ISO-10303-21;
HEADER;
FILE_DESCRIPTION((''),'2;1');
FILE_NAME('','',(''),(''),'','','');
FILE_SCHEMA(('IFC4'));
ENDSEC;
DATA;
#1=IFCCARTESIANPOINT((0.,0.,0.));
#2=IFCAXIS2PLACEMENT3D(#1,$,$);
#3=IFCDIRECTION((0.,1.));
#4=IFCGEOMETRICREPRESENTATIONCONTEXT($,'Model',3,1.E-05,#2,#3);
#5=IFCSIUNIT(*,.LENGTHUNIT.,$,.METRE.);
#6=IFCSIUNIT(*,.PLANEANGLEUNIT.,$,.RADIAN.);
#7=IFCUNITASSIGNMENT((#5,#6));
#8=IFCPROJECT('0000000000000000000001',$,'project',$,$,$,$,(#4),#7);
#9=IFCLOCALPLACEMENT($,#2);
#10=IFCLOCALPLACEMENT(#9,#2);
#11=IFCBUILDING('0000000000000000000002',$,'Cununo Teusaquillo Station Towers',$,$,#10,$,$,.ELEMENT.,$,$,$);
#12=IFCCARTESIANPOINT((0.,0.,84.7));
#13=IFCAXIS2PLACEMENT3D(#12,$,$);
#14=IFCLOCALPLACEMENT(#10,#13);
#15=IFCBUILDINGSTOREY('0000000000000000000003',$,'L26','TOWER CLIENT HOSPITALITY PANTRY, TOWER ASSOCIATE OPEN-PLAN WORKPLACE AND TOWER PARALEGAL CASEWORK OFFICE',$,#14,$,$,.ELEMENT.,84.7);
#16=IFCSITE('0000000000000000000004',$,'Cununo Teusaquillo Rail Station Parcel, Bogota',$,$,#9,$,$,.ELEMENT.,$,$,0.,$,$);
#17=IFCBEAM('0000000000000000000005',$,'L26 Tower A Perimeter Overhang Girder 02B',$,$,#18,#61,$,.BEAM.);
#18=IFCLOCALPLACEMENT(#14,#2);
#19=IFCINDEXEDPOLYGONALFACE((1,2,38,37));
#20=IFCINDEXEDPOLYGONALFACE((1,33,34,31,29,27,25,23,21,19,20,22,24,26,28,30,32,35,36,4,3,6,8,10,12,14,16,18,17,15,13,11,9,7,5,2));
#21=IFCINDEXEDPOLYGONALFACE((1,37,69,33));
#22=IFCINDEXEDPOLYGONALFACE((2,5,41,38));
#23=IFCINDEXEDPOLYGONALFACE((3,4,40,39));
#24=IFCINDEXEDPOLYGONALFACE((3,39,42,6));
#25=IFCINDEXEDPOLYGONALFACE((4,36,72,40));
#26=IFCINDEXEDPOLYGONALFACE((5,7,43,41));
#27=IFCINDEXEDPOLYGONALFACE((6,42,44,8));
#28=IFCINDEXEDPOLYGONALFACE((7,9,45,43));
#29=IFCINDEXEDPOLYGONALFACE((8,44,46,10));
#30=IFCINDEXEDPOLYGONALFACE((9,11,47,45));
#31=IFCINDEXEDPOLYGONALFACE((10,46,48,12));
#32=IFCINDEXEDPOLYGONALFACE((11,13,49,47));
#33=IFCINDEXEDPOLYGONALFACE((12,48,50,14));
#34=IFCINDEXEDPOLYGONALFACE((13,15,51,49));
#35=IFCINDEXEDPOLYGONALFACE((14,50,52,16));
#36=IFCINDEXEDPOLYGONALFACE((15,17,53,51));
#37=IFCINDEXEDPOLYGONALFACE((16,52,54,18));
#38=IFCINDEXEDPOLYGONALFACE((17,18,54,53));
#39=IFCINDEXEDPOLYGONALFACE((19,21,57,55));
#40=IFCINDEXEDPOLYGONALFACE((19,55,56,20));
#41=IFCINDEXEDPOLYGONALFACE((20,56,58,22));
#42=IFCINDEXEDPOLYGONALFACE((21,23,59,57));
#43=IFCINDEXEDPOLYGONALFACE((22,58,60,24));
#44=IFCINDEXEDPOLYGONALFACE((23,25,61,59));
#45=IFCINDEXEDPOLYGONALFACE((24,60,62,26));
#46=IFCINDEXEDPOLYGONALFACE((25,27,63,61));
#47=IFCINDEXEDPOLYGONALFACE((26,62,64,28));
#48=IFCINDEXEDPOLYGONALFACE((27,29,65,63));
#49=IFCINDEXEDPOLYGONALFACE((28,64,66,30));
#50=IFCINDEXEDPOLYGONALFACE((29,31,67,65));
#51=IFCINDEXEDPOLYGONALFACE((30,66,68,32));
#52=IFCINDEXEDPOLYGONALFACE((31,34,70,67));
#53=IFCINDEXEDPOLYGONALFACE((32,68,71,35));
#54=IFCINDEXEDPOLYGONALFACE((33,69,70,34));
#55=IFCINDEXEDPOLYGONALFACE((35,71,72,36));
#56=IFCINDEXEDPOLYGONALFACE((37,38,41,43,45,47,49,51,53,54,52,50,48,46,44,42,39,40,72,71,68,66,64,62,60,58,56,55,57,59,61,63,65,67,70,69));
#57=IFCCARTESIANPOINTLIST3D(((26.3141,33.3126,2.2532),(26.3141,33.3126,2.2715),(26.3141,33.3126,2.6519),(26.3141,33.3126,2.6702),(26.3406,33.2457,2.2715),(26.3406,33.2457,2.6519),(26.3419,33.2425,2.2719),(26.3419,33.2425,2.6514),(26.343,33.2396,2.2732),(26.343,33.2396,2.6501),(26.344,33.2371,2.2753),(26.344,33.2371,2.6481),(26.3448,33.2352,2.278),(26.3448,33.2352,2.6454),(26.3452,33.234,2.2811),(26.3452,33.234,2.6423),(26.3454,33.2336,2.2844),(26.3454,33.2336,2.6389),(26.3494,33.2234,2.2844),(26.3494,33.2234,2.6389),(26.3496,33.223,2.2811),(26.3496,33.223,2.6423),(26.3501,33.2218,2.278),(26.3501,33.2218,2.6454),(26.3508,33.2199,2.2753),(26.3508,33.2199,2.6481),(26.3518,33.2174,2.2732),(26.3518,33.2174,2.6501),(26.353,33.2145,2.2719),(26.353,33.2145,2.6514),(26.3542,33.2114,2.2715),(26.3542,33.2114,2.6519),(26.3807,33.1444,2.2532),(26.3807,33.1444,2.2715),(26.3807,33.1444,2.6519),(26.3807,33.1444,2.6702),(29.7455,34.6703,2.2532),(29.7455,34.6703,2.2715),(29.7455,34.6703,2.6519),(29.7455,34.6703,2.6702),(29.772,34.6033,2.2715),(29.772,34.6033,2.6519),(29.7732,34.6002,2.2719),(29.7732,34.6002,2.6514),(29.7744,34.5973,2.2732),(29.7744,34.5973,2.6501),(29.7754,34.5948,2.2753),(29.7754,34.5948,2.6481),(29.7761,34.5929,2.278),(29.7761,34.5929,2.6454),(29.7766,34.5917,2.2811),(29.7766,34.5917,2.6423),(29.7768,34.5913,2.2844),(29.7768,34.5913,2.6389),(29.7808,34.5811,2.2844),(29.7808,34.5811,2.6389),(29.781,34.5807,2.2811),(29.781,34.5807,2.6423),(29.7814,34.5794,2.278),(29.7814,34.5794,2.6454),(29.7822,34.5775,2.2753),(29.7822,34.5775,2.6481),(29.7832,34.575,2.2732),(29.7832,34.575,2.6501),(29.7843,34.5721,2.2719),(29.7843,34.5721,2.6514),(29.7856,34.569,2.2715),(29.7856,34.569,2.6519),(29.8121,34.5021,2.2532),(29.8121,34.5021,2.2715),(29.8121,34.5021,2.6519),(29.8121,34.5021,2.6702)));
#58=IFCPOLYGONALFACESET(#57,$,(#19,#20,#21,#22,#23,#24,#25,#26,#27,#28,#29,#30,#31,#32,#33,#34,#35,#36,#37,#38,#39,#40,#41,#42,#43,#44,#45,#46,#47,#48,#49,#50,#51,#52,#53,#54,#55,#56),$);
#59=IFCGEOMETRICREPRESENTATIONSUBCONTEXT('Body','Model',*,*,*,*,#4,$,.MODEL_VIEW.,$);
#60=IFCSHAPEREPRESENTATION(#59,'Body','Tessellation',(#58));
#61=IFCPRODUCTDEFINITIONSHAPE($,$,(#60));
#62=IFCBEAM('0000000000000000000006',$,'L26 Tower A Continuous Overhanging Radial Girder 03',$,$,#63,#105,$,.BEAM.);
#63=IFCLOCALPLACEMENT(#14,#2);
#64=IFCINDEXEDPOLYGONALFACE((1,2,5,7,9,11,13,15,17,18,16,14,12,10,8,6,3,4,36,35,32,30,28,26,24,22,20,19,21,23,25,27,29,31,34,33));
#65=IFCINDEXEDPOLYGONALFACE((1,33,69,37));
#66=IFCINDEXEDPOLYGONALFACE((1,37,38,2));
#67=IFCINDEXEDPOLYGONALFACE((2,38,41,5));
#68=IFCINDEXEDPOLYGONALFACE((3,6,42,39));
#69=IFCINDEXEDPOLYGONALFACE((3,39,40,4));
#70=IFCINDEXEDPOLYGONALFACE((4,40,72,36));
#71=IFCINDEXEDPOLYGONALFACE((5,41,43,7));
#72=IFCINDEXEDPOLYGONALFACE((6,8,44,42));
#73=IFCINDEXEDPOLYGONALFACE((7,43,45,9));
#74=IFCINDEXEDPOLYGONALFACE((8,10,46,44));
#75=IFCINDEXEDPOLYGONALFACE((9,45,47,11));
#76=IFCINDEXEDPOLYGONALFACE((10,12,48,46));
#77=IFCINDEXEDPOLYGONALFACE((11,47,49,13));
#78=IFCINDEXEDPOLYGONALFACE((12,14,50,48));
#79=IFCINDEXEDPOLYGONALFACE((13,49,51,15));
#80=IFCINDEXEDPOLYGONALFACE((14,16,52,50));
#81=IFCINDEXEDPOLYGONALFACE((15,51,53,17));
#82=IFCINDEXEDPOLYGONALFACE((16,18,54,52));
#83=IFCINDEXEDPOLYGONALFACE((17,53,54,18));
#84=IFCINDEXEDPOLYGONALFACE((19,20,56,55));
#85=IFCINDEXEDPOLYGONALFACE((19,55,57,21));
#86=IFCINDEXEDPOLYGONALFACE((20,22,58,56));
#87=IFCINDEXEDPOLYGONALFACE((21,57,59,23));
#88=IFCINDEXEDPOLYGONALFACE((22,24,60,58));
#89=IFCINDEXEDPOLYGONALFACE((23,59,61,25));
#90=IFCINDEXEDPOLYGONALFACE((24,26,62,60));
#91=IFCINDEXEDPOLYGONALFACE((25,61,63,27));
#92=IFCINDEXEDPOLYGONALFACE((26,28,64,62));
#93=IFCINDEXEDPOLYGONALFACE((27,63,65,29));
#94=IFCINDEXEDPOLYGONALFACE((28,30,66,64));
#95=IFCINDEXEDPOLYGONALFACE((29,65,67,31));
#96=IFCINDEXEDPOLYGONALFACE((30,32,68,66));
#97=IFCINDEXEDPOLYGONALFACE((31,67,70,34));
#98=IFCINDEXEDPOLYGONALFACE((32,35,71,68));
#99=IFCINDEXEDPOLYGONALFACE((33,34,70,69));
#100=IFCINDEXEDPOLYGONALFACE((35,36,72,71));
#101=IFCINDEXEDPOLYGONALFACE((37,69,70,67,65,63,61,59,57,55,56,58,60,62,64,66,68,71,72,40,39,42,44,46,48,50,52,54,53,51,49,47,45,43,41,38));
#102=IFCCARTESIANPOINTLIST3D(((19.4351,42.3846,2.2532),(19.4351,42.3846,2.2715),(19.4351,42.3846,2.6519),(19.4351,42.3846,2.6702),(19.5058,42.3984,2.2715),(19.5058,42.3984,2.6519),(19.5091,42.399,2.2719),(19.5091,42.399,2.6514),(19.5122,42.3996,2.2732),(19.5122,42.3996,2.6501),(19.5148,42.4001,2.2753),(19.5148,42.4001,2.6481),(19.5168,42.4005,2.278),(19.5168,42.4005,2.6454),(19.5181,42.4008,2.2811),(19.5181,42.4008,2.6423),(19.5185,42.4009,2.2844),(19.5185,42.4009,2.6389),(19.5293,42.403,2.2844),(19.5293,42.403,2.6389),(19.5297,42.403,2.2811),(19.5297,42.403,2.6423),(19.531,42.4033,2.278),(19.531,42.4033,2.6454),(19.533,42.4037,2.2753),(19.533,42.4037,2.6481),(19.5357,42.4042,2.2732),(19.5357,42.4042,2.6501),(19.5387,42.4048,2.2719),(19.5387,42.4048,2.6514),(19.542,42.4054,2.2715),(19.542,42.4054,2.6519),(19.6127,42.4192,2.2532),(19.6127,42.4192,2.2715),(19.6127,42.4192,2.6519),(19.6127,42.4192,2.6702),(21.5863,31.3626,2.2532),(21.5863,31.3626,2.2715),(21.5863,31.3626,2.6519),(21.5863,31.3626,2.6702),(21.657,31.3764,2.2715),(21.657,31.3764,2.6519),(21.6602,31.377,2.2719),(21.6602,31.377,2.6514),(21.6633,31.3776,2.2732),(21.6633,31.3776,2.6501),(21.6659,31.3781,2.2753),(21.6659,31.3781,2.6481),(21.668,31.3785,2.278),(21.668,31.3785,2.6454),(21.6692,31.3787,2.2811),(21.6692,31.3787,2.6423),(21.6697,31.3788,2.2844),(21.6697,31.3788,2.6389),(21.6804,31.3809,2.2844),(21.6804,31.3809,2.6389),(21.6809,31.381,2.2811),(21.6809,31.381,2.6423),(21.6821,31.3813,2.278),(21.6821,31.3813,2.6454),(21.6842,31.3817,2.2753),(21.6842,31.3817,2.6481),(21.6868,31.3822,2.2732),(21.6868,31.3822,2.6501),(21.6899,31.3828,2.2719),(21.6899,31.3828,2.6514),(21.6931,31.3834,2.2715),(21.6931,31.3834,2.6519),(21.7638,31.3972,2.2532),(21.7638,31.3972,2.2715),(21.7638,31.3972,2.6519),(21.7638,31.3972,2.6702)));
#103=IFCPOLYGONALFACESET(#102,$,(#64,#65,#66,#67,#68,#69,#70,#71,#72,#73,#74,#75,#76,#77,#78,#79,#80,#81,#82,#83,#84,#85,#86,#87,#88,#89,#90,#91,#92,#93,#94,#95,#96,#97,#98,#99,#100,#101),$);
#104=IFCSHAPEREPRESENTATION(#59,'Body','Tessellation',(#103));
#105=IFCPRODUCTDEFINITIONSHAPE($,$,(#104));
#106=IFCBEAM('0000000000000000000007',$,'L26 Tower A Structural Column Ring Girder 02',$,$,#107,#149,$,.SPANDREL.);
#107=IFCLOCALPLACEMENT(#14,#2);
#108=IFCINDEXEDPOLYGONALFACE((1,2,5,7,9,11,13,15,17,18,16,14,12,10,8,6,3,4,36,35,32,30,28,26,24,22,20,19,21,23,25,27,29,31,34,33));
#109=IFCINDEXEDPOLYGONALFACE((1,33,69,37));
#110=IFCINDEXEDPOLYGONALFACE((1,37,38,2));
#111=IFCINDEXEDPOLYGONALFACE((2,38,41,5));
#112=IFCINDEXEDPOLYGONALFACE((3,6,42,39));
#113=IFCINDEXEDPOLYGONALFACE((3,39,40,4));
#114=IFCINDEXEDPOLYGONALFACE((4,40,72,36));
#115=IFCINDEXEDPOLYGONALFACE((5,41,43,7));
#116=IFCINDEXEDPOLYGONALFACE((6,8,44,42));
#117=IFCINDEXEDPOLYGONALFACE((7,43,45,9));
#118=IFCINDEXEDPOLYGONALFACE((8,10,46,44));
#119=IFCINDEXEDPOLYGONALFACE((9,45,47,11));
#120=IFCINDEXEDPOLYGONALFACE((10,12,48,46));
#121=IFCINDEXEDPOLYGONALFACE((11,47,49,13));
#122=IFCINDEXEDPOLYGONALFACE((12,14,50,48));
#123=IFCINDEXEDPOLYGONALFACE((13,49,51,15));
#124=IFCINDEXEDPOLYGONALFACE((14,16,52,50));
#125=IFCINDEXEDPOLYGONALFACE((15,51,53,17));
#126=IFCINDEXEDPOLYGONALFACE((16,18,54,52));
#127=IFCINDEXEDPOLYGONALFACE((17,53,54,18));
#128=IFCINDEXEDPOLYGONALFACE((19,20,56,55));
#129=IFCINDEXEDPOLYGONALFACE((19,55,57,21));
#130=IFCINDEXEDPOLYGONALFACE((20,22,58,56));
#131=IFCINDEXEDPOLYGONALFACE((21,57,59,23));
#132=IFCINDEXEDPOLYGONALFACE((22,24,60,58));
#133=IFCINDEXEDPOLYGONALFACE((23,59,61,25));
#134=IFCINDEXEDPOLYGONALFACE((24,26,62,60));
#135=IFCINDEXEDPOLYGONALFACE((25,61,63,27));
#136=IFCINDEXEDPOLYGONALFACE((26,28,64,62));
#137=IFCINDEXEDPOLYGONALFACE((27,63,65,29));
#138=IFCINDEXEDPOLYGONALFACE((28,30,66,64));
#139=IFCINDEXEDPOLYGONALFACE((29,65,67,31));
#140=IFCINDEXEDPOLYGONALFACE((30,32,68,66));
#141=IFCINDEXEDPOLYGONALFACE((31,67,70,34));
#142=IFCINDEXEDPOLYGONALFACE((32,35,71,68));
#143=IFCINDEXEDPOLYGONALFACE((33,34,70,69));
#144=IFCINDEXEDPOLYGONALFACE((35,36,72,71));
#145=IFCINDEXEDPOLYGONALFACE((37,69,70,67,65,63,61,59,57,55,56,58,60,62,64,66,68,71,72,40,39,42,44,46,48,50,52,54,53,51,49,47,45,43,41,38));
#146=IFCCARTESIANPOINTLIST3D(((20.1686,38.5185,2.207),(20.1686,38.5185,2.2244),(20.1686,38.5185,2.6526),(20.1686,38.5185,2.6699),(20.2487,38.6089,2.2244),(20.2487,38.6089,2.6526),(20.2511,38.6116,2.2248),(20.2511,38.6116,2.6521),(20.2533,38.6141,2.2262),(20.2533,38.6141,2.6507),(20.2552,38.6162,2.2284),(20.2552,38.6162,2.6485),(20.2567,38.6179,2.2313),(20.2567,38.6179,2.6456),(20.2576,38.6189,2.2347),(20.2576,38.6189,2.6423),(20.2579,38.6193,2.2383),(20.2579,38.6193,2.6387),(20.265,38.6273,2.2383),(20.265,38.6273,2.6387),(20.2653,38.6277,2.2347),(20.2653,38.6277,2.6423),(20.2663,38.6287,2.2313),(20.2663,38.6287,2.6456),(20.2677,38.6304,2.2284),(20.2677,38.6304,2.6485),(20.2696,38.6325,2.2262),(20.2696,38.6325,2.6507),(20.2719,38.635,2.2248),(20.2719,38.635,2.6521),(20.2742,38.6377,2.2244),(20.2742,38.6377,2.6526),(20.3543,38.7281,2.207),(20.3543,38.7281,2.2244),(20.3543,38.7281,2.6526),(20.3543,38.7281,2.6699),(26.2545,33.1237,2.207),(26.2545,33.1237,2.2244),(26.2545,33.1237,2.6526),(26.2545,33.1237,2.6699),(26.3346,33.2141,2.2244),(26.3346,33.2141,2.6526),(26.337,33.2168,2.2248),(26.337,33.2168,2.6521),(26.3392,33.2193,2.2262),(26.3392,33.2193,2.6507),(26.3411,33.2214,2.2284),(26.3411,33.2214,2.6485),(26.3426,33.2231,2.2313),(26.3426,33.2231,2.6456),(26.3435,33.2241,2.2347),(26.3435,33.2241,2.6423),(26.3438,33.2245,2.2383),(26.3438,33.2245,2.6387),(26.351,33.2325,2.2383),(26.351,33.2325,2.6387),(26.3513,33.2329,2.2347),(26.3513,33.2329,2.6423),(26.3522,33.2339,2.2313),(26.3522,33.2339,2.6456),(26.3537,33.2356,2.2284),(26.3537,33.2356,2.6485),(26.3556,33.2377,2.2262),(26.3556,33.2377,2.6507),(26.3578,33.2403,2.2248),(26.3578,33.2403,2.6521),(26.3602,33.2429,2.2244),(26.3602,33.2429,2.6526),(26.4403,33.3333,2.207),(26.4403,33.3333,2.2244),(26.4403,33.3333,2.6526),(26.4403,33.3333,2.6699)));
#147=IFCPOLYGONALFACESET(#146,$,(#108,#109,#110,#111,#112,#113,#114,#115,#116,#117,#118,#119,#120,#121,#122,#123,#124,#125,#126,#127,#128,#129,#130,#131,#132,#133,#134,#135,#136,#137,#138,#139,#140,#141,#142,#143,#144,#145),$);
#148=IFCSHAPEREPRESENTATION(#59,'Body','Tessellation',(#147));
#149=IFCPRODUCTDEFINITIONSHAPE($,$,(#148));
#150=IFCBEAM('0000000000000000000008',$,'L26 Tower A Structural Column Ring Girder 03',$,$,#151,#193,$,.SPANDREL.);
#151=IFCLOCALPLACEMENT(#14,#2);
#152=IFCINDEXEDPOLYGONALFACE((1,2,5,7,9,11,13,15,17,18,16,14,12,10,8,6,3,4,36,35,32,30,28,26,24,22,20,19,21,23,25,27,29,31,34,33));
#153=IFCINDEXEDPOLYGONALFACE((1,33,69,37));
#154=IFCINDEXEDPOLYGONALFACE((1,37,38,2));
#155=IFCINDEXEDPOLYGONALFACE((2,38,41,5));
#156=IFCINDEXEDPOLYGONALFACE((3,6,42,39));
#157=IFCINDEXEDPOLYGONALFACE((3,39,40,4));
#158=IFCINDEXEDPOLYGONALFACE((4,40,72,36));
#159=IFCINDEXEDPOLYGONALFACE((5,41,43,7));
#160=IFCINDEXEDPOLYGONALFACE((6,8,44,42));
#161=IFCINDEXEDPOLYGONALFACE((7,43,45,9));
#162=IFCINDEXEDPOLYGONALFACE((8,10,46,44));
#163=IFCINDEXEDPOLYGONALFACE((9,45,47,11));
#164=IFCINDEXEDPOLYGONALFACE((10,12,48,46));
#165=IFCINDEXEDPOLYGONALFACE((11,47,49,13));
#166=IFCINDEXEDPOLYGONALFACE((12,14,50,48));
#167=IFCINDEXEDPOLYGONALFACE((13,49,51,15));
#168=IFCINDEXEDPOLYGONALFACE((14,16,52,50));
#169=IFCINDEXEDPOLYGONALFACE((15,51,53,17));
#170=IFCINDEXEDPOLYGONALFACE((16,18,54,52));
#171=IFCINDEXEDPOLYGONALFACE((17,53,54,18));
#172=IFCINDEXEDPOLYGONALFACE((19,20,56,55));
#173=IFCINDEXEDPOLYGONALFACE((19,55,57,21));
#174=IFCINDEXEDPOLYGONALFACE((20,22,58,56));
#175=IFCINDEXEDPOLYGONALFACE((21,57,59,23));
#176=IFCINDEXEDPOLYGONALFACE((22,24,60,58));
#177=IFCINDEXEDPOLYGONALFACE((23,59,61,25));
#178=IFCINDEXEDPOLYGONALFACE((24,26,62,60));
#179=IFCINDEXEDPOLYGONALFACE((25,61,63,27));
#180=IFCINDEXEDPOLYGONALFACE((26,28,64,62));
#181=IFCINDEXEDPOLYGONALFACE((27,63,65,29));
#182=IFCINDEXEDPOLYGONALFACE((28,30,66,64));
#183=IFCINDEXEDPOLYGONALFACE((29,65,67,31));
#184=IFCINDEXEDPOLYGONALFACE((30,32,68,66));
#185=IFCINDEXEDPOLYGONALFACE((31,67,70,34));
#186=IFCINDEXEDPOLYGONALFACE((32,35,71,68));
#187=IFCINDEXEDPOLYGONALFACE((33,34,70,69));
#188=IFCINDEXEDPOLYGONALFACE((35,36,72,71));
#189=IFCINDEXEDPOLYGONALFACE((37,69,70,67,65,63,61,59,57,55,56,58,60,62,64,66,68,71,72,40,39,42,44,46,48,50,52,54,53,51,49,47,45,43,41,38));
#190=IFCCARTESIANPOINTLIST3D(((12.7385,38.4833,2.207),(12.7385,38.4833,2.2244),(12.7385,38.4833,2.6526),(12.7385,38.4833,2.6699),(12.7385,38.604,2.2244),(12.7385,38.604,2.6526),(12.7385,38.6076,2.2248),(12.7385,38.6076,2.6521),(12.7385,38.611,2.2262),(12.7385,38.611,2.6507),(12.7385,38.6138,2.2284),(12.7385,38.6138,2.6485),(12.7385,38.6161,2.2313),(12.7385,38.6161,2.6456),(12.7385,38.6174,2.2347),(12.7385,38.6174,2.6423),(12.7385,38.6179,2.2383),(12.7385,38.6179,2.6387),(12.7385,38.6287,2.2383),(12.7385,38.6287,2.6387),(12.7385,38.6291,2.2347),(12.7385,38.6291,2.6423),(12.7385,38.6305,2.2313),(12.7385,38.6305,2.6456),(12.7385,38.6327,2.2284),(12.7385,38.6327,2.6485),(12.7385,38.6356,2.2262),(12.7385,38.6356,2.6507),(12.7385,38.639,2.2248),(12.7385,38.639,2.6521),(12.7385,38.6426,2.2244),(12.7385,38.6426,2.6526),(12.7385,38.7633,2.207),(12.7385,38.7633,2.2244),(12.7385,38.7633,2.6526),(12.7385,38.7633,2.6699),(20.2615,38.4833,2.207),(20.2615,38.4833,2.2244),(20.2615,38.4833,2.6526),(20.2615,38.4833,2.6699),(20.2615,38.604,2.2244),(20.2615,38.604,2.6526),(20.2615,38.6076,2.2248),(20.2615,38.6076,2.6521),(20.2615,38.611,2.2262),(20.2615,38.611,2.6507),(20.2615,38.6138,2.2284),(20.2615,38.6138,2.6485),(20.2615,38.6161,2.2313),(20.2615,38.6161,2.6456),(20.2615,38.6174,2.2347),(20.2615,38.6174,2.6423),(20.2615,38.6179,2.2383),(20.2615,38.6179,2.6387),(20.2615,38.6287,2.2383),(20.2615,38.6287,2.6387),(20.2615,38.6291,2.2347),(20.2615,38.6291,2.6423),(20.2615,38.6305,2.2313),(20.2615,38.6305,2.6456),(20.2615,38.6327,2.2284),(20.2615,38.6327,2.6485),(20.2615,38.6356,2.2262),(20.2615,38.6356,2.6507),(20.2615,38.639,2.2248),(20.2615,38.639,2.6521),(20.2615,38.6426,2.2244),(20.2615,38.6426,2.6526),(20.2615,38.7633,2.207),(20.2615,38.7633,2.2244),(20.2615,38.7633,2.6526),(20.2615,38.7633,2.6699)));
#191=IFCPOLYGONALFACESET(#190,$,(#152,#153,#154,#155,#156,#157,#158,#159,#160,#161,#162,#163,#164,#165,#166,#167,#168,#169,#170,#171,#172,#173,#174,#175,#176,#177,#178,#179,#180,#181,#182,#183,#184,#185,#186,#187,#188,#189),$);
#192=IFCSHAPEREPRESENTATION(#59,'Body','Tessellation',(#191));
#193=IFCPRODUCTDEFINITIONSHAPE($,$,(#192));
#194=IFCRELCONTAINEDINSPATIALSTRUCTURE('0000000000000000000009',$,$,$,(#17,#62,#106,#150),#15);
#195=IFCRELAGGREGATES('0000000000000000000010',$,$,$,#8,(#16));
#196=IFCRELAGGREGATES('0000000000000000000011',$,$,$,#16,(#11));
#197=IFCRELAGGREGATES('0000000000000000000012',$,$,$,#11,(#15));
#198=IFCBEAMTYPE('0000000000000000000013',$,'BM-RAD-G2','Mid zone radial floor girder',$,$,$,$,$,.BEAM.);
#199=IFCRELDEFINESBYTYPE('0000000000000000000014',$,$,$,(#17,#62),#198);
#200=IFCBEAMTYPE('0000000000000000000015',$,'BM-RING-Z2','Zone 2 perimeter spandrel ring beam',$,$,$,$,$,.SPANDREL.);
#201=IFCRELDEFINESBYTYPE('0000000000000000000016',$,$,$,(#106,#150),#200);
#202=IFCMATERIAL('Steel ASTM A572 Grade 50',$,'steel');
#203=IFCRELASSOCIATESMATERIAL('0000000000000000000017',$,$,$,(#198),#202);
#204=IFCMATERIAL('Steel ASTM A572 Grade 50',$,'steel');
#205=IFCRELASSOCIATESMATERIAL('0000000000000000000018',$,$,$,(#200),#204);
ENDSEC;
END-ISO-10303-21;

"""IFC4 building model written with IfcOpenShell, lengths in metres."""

from ifc_helpers import new_model, si_unit, direction, frame, origin, origin_2d, place, context, subcontext, project, spatial, i_section, extrude, material, material_profile, profile_set, type_object, element, save


model = new_model("IFC4")

# Units and contexts
model_context = context("Model", 3, precision=1e-05, world=origin(), true_north=direction((0.0, 1.0)))
body_context = subcontext(model_context, "Body", "Model", "MODEL_VIEW")
ifc_project = project(units=[si_unit("LENGTHUNIT", "METRE"), si_unit("PLANEANGLEUNIT", "RADIAN")], contexts=[model_context])

# Site, building, storey
site_placement = place(None, origin())
site = spatial("IfcSite", under=ifc_project, at=site_placement, Name="Cununo Teusaquillo Rail Station Parcel, Bogota", CompositionType="ELEMENT", RefElevation=0.0)
building_placement = place(site_placement, origin())
building = spatial("IfcBuilding", under=site, at=building_placement, Name="Cununo Teusaquillo Station Towers", CompositionType="ELEMENT")
storey_placement = place(building_placement, frame((0.0, 0.0, 84.7)))
storey = spatial("IfcBuildingStorey", under=building, at=storey_placement, Name="L26", Description="TOWER CLIENT HOSPITALITY PANTRY, TOWER ASSOCIATE OPEN-PLAN WORKPLACE AND TOWER PARALEGAL CASEWORK OFFICE", CompositionType="ELEMENT", Elevation=84.7)

# Beams
ifc_material_1 = material(Name="Steel ASTM A572 Grade 50", Category="steel")
ifc_material_profile_1 = material_profile(ifc_material_1, i_section(OverallWidth=0.1809, OverallDepth=0.417, WebThickness=0.011, FlangeThickness=0.0183, FilletRadius=0.0129, at=origin_2d()), Name="W16X57")
ifc_profile_set_1 = profile_set([ifc_material_profile_1], Name="Steel ASTM A572 Grade 50")
beam_type_1 = type_object("IfcBeamType", Name="BM-RAD-G2", Description="Mid zone radial floor girder", PredefinedType="BEAM", material=ifc_profile_set_1)
beam_1_placement = place(storey_placement, frame((26.3474, 33.2285, 2.4617), z_axis=(0.929862, 0.367909, 0.0), x_axis=(-0.367909, 0.929862, 0.0)))
element("IfcBeam", 1, at=beam_1_placement, inside=storey, type_object=beam_type_1, Name="L26 Tower A Perimeter Overhang Girder 02B", PredefinedType="BEAM", context=body_context, shape_type="SweptSolid", body=[
    extrude(i_section(OverallWidth=0.1809, OverallDepth=0.417, WebThickness=0.011, FlangeThickness=0.0183, FilletRadius=0.0129, at=origin_2d()), origin(), (0.0, 0.0, 1.0), 3.6902),
])
beam_2_placement = place(storey_placement, frame((21.675, 31.3799, 2.4617), z_axis=(-0.191553, 0.981482, 0.0), x_axis=(-0.981482, -0.191553, 0.0)))
element("IfcBeam", 2, at=beam_2_placement, inside=storey, type_object=beam_type_1, Name="L26 Tower A Continuous Overhanging Radial Girder 03", PredefinedType="BEAM", context=body_context, shape_type="SweptSolid", body=[
    extrude(i_section(OverallWidth=0.1809, OverallDepth=0.417, WebThickness=0.011, FlangeThickness=0.0183, FilletRadius=0.0129, at=origin_2d()), origin(), (0.0, 0.0, 1.0), 11.23),
])
ifc_material_2 = material(Name="Steel ASTM A572 Grade 50", Category="steel")
ifc_material_profile_2 = material_profile(ifc_material_2, i_section(OverallWidth=0.28, OverallDepth=0.4629, WebThickness=0.0107, FlangeThickness=0.0173, FilletRadius=0.0139, at=origin_2d()), Name="W18X76")
ifc_profile_set_2 = profile_set([ifc_material_profile_2], Name="Steel ASTM A572 Grade 50")
beam_type_2 = type_object("IfcBeamType", Name="BM-RING-Z2", Description="Zone 2 perimeter spandrel ring beam", PredefinedType="SPANDREL", material=ifc_profile_set_2)
beam_3_placement = place(storey_placement, frame((26.3474, 33.2285, 2.4385), z_axis=(-0.748321, 0.663337, 0.0), x_axis=(-0.663337, -0.748321, 0.0)))
element("IfcBeam", 3, at=beam_3_placement, inside=storey, type_object=beam_type_2, Name="L26 Tower A Structural Column Ring Girder 02", PredefinedType="SPANDREL", context=body_context, shape_type="SweptSolid", body=[
    extrude(i_section(OverallWidth=0.28, OverallDepth=0.4629, WebThickness=0.0107, FlangeThickness=0.0173, FilletRadius=0.0139, at=origin_2d()), origin(), (0.0, 0.0, 1.0), 8.1328),
])
beam_4_placement = place(storey_placement, frame((20.2615, 38.6233, 2.4385), z_axis=(-1.0, 0.0, 0.0), x_axis=(0.0, -1.0, 0.0)))
element("IfcBeam", 4, at=beam_4_placement, inside=storey, type_object=beam_type_2, Name="L26 Tower A Structural Column Ring Girder 03", PredefinedType="SPANDREL", context=body_context, shape_type="SweptSolid", body=[
    extrude(i_section(OverallWidth=0.28, OverallDepth=0.4629, WebThickness=0.0107, FlangeThickness=0.0173, FilletRadius=0.0139, at=origin_2d()), origin(), (0.0, 0.0, 1.0), 7.5229),
])

save(model, "model.ifc")
